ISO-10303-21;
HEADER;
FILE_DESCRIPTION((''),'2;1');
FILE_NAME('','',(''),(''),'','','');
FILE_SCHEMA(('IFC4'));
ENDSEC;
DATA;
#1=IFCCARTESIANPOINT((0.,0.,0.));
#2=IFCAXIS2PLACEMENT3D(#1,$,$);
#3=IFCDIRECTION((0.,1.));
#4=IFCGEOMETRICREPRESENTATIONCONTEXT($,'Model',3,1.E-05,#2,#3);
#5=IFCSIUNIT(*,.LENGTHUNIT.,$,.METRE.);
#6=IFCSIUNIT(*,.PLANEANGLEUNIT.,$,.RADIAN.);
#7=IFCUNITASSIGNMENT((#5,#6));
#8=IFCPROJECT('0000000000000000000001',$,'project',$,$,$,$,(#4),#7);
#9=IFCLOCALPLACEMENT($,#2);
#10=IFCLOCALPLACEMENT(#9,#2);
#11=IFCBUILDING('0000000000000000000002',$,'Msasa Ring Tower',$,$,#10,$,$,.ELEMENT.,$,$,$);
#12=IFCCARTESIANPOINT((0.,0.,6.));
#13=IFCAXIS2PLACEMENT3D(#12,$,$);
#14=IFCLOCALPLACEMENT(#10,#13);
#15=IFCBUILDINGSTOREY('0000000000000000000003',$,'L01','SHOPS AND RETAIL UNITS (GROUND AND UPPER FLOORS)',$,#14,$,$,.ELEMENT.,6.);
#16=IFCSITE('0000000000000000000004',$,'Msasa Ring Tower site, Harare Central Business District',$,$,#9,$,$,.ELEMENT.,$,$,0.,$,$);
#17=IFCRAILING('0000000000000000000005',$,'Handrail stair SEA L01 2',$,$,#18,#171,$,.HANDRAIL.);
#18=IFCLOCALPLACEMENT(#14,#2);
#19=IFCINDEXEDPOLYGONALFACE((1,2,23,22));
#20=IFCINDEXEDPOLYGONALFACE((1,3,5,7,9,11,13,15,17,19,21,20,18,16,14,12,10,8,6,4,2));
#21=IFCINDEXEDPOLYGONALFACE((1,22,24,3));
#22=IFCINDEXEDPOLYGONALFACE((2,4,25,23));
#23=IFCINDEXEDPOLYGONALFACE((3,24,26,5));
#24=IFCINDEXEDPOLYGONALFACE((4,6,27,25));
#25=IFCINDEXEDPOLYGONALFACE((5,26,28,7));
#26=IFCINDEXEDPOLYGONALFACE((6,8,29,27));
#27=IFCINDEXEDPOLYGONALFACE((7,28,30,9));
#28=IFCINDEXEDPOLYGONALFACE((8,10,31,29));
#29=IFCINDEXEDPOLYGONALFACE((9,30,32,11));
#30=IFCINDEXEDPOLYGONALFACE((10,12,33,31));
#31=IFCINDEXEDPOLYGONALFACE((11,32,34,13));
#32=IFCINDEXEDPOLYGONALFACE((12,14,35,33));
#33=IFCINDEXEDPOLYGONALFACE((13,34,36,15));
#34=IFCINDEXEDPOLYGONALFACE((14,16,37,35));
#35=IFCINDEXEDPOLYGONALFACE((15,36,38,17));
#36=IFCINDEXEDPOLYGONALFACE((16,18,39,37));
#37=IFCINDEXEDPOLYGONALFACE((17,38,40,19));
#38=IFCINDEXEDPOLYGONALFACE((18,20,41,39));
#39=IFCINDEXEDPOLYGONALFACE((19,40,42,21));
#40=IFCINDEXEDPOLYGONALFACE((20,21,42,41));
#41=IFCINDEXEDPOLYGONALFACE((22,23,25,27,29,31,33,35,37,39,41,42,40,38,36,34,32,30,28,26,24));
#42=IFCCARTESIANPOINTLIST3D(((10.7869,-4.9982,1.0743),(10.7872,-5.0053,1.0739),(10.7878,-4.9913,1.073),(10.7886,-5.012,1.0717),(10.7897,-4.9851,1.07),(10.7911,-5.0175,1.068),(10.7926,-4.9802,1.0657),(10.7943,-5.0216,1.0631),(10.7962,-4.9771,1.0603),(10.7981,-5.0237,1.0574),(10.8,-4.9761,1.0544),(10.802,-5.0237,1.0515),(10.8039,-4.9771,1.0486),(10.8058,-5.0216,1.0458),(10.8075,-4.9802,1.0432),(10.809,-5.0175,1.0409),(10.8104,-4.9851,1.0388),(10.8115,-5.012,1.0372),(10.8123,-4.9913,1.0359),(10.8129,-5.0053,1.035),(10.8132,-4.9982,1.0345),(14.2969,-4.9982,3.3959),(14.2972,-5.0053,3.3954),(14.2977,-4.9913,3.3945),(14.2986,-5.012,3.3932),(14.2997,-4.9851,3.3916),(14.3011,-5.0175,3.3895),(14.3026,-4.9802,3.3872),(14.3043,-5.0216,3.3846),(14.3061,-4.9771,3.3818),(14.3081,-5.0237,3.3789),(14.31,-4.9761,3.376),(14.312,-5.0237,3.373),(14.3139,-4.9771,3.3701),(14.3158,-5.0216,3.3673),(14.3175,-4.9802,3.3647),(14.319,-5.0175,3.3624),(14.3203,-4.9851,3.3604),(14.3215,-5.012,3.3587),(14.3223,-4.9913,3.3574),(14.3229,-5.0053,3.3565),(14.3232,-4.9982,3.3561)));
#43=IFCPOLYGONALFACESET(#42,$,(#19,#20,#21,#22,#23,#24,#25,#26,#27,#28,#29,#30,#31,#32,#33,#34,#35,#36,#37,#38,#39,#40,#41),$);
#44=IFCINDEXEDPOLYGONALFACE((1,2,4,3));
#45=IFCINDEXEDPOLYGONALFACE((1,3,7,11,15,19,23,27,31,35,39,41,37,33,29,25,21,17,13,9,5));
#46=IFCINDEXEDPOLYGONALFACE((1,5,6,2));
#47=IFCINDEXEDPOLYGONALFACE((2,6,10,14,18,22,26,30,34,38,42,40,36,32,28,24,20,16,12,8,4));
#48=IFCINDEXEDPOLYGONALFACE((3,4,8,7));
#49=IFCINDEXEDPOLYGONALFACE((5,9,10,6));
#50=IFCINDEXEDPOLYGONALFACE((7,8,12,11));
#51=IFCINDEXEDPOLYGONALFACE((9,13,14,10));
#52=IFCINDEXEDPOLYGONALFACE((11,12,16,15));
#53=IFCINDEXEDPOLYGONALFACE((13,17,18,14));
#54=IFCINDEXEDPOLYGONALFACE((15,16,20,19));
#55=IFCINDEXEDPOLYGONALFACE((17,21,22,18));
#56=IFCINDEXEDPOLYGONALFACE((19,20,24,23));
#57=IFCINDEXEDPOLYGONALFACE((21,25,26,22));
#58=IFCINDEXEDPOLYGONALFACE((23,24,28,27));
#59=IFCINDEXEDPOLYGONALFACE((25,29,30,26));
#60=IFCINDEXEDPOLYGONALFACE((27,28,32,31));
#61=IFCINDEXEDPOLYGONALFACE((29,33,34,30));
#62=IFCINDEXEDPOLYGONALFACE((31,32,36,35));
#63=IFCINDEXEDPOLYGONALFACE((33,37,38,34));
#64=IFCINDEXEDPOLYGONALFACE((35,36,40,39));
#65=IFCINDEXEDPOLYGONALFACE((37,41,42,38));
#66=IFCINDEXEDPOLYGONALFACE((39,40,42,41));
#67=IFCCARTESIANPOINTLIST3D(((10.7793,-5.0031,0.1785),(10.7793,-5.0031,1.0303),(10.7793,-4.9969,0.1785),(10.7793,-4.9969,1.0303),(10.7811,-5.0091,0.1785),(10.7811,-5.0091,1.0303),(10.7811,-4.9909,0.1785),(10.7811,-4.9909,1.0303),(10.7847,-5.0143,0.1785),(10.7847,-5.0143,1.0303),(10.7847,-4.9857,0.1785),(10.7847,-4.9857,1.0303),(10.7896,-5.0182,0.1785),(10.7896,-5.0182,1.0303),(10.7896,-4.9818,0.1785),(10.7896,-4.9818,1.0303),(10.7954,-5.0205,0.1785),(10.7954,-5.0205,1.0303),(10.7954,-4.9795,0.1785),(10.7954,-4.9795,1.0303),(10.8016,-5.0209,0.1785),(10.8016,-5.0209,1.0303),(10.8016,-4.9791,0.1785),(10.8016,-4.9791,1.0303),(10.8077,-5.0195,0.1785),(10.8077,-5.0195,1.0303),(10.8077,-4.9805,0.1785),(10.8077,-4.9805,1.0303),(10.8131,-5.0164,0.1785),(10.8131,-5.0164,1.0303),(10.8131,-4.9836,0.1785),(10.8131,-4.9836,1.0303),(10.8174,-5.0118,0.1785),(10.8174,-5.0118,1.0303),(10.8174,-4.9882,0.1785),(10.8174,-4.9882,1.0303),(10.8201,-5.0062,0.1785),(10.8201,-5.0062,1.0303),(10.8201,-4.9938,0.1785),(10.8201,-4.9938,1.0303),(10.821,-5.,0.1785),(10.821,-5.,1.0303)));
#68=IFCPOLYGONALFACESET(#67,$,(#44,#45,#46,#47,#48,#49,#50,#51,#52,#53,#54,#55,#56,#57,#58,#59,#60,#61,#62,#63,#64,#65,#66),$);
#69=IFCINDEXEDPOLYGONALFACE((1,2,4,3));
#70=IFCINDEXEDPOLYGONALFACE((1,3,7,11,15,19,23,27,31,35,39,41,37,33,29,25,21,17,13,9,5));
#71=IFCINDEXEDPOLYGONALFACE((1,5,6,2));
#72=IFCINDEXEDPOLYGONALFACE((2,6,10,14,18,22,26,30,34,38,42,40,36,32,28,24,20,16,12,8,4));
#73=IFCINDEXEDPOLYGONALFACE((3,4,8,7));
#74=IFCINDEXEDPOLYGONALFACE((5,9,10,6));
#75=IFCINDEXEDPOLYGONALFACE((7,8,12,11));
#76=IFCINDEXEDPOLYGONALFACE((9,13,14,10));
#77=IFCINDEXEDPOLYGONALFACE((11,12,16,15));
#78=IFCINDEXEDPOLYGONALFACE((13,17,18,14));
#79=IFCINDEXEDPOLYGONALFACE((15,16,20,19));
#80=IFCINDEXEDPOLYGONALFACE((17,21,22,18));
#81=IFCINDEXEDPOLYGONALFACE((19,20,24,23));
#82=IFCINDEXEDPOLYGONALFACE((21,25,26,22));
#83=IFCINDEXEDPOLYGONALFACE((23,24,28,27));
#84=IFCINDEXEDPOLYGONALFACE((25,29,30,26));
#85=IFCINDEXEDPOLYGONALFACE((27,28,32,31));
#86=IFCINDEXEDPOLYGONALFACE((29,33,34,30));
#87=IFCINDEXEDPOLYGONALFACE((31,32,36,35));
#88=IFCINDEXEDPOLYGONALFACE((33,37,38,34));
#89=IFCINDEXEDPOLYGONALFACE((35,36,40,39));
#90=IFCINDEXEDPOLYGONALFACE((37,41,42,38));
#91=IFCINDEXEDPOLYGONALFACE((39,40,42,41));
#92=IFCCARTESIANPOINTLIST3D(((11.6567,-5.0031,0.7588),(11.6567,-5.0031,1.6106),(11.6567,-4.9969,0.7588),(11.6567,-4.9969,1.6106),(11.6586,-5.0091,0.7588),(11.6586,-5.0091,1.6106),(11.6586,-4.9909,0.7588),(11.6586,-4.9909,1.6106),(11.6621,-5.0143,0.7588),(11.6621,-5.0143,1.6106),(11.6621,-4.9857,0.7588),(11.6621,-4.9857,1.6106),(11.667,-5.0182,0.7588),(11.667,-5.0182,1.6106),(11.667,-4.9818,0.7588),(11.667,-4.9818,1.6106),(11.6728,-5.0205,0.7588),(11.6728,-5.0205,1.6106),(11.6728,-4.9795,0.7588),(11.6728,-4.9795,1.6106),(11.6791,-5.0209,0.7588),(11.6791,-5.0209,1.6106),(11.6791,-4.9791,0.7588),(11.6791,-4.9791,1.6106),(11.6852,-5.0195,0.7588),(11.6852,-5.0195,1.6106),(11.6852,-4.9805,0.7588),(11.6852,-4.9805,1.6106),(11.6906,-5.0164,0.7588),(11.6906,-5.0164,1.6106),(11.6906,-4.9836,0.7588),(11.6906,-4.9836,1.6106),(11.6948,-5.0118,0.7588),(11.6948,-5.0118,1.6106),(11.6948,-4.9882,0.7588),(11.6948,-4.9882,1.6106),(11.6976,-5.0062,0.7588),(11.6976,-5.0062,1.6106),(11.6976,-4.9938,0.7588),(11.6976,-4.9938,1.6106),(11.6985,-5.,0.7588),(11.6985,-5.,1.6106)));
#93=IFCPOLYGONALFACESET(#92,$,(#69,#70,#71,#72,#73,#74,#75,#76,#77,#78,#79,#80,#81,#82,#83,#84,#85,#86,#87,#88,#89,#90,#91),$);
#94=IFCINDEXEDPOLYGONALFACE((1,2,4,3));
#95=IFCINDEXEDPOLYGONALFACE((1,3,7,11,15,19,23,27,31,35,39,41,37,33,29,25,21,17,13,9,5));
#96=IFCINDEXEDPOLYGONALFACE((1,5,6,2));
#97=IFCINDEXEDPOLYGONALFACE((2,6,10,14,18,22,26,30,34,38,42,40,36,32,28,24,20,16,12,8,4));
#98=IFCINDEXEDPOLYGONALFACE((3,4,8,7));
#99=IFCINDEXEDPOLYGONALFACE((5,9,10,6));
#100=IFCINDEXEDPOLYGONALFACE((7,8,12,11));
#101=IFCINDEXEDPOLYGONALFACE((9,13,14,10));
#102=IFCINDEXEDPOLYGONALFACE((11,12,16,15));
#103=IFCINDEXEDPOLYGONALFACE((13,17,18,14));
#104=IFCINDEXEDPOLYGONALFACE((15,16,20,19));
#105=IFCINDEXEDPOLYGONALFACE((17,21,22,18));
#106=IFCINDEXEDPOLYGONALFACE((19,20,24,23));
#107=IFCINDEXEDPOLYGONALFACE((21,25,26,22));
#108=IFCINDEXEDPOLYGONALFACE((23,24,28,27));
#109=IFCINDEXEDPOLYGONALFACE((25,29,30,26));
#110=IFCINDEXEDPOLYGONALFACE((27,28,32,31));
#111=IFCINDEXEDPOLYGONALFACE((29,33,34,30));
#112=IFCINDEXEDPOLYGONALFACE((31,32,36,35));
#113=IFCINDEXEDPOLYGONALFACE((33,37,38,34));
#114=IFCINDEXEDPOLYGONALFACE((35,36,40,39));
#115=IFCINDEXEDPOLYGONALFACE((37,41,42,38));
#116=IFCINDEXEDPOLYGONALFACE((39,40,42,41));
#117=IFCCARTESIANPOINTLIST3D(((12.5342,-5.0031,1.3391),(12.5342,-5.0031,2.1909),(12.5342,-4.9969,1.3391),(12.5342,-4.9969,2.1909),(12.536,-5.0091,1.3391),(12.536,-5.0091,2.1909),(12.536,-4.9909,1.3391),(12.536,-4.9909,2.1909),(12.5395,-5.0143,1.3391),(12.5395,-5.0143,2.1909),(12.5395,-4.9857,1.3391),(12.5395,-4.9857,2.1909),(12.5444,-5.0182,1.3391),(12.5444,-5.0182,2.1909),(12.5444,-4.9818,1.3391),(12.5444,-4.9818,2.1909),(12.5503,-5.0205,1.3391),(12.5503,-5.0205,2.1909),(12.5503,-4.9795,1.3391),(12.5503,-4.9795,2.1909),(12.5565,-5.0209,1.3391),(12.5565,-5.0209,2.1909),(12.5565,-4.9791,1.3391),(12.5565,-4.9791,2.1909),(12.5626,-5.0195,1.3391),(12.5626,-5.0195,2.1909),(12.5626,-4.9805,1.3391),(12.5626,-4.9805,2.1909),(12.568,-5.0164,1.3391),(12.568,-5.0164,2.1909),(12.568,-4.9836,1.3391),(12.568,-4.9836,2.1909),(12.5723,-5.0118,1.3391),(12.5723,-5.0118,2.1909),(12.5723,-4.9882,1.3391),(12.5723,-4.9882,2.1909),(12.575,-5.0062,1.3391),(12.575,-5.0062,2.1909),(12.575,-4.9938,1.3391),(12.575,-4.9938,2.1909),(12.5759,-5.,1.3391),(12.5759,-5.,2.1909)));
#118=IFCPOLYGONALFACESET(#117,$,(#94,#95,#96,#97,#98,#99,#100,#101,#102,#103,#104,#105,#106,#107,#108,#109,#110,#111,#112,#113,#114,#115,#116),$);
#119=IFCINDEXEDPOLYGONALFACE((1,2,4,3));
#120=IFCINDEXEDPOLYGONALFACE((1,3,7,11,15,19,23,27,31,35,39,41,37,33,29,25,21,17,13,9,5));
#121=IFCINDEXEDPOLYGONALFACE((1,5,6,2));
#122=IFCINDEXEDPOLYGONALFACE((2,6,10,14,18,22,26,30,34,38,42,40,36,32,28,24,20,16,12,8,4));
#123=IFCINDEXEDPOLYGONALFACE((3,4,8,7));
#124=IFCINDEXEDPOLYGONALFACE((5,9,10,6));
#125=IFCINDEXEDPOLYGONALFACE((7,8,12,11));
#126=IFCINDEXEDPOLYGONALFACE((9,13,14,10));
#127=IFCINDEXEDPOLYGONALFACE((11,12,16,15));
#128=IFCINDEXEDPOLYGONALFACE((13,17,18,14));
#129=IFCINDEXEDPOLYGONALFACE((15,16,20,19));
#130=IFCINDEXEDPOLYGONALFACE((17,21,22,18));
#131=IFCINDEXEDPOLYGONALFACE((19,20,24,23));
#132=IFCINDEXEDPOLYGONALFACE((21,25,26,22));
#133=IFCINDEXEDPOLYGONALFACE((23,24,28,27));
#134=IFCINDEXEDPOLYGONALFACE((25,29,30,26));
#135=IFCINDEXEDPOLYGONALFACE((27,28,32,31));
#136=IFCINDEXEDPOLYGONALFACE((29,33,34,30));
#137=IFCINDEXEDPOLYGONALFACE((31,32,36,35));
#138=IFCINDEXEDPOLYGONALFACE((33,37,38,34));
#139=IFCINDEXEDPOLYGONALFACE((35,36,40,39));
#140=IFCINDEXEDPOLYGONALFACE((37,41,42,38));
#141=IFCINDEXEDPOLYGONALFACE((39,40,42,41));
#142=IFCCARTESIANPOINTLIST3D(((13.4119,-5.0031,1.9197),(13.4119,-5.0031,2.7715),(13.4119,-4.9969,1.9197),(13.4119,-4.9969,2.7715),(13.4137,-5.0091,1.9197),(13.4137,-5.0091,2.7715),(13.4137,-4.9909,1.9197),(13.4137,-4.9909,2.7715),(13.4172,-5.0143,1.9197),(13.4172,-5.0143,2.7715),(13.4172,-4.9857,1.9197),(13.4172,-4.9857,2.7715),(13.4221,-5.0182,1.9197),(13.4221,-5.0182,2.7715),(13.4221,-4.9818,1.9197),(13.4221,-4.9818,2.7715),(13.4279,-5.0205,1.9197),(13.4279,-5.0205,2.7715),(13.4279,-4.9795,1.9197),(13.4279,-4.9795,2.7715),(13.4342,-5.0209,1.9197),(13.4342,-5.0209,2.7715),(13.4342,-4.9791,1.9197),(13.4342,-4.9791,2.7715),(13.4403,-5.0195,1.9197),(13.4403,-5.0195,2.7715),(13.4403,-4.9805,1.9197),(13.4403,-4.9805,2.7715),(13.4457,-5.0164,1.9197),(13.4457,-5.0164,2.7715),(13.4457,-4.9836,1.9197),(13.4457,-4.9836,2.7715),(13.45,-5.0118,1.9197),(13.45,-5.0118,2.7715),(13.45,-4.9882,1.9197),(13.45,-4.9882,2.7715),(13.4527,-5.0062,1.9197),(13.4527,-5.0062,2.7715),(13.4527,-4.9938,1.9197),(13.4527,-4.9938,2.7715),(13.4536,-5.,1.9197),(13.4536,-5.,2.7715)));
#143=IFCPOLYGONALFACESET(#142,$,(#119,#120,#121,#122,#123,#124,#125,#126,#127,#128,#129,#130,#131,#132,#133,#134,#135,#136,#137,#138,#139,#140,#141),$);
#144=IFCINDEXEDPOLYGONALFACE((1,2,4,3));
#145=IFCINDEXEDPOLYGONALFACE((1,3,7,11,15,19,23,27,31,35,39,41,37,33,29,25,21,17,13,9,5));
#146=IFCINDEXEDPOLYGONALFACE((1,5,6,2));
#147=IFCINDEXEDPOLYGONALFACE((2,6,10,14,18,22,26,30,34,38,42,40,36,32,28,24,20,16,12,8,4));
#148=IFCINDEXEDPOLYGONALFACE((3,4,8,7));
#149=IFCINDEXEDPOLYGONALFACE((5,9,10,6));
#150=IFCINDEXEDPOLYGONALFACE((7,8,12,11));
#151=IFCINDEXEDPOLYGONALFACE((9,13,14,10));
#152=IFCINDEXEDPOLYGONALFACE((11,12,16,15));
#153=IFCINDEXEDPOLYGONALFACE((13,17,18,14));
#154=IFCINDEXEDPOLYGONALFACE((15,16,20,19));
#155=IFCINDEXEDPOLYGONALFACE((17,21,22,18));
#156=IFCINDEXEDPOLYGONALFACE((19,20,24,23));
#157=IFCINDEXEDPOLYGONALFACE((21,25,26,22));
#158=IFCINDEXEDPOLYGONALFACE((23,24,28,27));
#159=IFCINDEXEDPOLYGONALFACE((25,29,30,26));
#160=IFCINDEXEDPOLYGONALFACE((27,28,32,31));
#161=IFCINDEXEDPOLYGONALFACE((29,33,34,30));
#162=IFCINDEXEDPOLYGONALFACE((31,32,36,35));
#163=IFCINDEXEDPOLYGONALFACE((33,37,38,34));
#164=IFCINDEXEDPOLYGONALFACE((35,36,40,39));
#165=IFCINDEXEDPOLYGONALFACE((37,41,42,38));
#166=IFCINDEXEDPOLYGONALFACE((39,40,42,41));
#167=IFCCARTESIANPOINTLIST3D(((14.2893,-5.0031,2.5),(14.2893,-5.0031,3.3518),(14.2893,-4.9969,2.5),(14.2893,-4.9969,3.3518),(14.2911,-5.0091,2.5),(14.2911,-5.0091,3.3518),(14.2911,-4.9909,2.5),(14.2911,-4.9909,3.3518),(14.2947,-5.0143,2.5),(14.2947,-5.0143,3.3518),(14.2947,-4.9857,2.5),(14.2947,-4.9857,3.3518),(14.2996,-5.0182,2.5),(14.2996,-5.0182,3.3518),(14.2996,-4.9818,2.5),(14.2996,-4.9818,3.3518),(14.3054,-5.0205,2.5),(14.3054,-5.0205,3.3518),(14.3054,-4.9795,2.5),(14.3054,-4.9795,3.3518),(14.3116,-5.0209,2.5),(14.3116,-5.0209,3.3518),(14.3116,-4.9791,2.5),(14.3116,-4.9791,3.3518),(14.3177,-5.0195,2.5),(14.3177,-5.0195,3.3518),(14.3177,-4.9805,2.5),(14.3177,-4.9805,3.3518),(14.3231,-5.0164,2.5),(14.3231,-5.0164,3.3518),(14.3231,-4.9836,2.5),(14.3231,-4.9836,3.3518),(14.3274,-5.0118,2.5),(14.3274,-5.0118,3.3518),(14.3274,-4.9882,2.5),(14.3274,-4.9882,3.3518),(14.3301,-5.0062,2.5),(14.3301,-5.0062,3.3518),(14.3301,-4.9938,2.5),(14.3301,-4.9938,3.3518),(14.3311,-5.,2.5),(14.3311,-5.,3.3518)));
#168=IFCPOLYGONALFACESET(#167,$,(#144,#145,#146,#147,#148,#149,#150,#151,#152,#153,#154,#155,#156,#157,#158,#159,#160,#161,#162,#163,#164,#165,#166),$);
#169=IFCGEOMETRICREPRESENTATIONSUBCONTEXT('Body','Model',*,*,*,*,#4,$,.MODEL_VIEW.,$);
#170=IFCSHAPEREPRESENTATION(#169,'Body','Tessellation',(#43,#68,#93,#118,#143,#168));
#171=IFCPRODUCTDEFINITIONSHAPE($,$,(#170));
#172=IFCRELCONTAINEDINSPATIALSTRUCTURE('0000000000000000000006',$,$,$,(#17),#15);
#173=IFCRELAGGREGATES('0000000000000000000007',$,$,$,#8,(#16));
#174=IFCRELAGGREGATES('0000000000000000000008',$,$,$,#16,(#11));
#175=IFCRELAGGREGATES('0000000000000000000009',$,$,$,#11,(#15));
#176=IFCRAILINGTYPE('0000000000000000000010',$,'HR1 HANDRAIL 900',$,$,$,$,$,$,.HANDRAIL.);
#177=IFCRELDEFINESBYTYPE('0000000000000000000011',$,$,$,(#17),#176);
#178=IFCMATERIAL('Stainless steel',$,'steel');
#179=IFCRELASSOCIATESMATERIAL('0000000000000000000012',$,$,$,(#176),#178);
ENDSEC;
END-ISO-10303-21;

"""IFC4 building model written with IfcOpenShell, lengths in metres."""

from ifc_helpers import new_model, si_unit, direction, frame, origin, origin_2d, place, context, subcontext, project, spatial, circle, extrude, material, type_object, element, save


model = new_model("IFC4")

# Units and contexts
model_context = context("Model", 3, precision=1e-05, world=origin(), true_north=direction((0.0, 1.0)))
body_context = subcontext(model_context, "Body", "Model", "MODEL_VIEW")
ifc_project = project(units=[si_unit("LENGTHUNIT", "METRE"), si_unit("PLANEANGLEUNIT", "RADIAN")], contexts=[model_context])

# Site, building, storey
site_placement = place(None, origin())
site = spatial("IfcSite", under=ifc_project, at=site_placement, Name="Msasa Ring Tower site, Harare Central Business District", CompositionType="ELEMENT", RefElevation=0.0)
building_placement = place(site_placement, origin())
building = spatial("IfcBuilding", under=site, at=building_placement, Name="Msasa Ring Tower", CompositionType="ELEMENT")
storey_placement = place(building_placement, frame((0.0, 0.0, 6.0)))
storey = spatial("IfcBuildingStorey", under=building, at=storey_placement, Name="L01", Description="SHOPS AND RETAIL UNITS (GROUND AND UPPER FLOORS)", CompositionType="ELEMENT", Elevation=6.0)

# Railing
ifc_material_1 = material(Name="Stainless steel", Category="steel")
railing_type = type_object("IfcRailingType", Name="HR1 HANDRAIL 900", PredefinedType="HANDRAIL", material=ifc_material_1)
for number, where, name in (
    (1, (10.8, -5.0, 0.1785), "Handrail stair SEA L01 2"),
):
    element("IfcRailing", number, at=place(storey_placement, frame(where)), inside=storey, type_object=railing_type, Name=name, PredefinedType="HANDRAIL", context=body_context, shape_type="SweptSolid", body=[
        extrude(circle(Radius=0.0239, at=origin_2d()), frame((0.0, 0.0, 0.876), z_axis=(0.834071, 0.0, 0.551657), x_axis=(0.0, 1.0, 0.0)), (0.0, 0.0, 1.0), 4.2083),
        extrude(circle(Radius=0.021, at=origin_2d()), origin(), (0.0, 0.0, 1.0), 0.8518),
        extrude(circle(Radius=0.021, at=origin_2d()), frame((0.8774, 0.0, 0.5803)), (0.0, 0.0, 1.0), 0.8518),
        extrude(circle(Radius=0.021, at=origin_2d()), frame((1.7549, 0.0, 1.1606)), (0.0, 0.0, 1.0), 0.8518),
        extrude(circle(Radius=0.021, at=origin_2d()), frame((2.6326, 0.0, 1.7412)), (0.0, 0.0, 1.0), 0.8518),
        extrude(circle(Radius=0.021, at=origin_2d()), frame((3.51, 0.0, 2.3215)), (0.0, 0.0, 1.0), 0.8518),
    ])

save(model, "model.ifc")
